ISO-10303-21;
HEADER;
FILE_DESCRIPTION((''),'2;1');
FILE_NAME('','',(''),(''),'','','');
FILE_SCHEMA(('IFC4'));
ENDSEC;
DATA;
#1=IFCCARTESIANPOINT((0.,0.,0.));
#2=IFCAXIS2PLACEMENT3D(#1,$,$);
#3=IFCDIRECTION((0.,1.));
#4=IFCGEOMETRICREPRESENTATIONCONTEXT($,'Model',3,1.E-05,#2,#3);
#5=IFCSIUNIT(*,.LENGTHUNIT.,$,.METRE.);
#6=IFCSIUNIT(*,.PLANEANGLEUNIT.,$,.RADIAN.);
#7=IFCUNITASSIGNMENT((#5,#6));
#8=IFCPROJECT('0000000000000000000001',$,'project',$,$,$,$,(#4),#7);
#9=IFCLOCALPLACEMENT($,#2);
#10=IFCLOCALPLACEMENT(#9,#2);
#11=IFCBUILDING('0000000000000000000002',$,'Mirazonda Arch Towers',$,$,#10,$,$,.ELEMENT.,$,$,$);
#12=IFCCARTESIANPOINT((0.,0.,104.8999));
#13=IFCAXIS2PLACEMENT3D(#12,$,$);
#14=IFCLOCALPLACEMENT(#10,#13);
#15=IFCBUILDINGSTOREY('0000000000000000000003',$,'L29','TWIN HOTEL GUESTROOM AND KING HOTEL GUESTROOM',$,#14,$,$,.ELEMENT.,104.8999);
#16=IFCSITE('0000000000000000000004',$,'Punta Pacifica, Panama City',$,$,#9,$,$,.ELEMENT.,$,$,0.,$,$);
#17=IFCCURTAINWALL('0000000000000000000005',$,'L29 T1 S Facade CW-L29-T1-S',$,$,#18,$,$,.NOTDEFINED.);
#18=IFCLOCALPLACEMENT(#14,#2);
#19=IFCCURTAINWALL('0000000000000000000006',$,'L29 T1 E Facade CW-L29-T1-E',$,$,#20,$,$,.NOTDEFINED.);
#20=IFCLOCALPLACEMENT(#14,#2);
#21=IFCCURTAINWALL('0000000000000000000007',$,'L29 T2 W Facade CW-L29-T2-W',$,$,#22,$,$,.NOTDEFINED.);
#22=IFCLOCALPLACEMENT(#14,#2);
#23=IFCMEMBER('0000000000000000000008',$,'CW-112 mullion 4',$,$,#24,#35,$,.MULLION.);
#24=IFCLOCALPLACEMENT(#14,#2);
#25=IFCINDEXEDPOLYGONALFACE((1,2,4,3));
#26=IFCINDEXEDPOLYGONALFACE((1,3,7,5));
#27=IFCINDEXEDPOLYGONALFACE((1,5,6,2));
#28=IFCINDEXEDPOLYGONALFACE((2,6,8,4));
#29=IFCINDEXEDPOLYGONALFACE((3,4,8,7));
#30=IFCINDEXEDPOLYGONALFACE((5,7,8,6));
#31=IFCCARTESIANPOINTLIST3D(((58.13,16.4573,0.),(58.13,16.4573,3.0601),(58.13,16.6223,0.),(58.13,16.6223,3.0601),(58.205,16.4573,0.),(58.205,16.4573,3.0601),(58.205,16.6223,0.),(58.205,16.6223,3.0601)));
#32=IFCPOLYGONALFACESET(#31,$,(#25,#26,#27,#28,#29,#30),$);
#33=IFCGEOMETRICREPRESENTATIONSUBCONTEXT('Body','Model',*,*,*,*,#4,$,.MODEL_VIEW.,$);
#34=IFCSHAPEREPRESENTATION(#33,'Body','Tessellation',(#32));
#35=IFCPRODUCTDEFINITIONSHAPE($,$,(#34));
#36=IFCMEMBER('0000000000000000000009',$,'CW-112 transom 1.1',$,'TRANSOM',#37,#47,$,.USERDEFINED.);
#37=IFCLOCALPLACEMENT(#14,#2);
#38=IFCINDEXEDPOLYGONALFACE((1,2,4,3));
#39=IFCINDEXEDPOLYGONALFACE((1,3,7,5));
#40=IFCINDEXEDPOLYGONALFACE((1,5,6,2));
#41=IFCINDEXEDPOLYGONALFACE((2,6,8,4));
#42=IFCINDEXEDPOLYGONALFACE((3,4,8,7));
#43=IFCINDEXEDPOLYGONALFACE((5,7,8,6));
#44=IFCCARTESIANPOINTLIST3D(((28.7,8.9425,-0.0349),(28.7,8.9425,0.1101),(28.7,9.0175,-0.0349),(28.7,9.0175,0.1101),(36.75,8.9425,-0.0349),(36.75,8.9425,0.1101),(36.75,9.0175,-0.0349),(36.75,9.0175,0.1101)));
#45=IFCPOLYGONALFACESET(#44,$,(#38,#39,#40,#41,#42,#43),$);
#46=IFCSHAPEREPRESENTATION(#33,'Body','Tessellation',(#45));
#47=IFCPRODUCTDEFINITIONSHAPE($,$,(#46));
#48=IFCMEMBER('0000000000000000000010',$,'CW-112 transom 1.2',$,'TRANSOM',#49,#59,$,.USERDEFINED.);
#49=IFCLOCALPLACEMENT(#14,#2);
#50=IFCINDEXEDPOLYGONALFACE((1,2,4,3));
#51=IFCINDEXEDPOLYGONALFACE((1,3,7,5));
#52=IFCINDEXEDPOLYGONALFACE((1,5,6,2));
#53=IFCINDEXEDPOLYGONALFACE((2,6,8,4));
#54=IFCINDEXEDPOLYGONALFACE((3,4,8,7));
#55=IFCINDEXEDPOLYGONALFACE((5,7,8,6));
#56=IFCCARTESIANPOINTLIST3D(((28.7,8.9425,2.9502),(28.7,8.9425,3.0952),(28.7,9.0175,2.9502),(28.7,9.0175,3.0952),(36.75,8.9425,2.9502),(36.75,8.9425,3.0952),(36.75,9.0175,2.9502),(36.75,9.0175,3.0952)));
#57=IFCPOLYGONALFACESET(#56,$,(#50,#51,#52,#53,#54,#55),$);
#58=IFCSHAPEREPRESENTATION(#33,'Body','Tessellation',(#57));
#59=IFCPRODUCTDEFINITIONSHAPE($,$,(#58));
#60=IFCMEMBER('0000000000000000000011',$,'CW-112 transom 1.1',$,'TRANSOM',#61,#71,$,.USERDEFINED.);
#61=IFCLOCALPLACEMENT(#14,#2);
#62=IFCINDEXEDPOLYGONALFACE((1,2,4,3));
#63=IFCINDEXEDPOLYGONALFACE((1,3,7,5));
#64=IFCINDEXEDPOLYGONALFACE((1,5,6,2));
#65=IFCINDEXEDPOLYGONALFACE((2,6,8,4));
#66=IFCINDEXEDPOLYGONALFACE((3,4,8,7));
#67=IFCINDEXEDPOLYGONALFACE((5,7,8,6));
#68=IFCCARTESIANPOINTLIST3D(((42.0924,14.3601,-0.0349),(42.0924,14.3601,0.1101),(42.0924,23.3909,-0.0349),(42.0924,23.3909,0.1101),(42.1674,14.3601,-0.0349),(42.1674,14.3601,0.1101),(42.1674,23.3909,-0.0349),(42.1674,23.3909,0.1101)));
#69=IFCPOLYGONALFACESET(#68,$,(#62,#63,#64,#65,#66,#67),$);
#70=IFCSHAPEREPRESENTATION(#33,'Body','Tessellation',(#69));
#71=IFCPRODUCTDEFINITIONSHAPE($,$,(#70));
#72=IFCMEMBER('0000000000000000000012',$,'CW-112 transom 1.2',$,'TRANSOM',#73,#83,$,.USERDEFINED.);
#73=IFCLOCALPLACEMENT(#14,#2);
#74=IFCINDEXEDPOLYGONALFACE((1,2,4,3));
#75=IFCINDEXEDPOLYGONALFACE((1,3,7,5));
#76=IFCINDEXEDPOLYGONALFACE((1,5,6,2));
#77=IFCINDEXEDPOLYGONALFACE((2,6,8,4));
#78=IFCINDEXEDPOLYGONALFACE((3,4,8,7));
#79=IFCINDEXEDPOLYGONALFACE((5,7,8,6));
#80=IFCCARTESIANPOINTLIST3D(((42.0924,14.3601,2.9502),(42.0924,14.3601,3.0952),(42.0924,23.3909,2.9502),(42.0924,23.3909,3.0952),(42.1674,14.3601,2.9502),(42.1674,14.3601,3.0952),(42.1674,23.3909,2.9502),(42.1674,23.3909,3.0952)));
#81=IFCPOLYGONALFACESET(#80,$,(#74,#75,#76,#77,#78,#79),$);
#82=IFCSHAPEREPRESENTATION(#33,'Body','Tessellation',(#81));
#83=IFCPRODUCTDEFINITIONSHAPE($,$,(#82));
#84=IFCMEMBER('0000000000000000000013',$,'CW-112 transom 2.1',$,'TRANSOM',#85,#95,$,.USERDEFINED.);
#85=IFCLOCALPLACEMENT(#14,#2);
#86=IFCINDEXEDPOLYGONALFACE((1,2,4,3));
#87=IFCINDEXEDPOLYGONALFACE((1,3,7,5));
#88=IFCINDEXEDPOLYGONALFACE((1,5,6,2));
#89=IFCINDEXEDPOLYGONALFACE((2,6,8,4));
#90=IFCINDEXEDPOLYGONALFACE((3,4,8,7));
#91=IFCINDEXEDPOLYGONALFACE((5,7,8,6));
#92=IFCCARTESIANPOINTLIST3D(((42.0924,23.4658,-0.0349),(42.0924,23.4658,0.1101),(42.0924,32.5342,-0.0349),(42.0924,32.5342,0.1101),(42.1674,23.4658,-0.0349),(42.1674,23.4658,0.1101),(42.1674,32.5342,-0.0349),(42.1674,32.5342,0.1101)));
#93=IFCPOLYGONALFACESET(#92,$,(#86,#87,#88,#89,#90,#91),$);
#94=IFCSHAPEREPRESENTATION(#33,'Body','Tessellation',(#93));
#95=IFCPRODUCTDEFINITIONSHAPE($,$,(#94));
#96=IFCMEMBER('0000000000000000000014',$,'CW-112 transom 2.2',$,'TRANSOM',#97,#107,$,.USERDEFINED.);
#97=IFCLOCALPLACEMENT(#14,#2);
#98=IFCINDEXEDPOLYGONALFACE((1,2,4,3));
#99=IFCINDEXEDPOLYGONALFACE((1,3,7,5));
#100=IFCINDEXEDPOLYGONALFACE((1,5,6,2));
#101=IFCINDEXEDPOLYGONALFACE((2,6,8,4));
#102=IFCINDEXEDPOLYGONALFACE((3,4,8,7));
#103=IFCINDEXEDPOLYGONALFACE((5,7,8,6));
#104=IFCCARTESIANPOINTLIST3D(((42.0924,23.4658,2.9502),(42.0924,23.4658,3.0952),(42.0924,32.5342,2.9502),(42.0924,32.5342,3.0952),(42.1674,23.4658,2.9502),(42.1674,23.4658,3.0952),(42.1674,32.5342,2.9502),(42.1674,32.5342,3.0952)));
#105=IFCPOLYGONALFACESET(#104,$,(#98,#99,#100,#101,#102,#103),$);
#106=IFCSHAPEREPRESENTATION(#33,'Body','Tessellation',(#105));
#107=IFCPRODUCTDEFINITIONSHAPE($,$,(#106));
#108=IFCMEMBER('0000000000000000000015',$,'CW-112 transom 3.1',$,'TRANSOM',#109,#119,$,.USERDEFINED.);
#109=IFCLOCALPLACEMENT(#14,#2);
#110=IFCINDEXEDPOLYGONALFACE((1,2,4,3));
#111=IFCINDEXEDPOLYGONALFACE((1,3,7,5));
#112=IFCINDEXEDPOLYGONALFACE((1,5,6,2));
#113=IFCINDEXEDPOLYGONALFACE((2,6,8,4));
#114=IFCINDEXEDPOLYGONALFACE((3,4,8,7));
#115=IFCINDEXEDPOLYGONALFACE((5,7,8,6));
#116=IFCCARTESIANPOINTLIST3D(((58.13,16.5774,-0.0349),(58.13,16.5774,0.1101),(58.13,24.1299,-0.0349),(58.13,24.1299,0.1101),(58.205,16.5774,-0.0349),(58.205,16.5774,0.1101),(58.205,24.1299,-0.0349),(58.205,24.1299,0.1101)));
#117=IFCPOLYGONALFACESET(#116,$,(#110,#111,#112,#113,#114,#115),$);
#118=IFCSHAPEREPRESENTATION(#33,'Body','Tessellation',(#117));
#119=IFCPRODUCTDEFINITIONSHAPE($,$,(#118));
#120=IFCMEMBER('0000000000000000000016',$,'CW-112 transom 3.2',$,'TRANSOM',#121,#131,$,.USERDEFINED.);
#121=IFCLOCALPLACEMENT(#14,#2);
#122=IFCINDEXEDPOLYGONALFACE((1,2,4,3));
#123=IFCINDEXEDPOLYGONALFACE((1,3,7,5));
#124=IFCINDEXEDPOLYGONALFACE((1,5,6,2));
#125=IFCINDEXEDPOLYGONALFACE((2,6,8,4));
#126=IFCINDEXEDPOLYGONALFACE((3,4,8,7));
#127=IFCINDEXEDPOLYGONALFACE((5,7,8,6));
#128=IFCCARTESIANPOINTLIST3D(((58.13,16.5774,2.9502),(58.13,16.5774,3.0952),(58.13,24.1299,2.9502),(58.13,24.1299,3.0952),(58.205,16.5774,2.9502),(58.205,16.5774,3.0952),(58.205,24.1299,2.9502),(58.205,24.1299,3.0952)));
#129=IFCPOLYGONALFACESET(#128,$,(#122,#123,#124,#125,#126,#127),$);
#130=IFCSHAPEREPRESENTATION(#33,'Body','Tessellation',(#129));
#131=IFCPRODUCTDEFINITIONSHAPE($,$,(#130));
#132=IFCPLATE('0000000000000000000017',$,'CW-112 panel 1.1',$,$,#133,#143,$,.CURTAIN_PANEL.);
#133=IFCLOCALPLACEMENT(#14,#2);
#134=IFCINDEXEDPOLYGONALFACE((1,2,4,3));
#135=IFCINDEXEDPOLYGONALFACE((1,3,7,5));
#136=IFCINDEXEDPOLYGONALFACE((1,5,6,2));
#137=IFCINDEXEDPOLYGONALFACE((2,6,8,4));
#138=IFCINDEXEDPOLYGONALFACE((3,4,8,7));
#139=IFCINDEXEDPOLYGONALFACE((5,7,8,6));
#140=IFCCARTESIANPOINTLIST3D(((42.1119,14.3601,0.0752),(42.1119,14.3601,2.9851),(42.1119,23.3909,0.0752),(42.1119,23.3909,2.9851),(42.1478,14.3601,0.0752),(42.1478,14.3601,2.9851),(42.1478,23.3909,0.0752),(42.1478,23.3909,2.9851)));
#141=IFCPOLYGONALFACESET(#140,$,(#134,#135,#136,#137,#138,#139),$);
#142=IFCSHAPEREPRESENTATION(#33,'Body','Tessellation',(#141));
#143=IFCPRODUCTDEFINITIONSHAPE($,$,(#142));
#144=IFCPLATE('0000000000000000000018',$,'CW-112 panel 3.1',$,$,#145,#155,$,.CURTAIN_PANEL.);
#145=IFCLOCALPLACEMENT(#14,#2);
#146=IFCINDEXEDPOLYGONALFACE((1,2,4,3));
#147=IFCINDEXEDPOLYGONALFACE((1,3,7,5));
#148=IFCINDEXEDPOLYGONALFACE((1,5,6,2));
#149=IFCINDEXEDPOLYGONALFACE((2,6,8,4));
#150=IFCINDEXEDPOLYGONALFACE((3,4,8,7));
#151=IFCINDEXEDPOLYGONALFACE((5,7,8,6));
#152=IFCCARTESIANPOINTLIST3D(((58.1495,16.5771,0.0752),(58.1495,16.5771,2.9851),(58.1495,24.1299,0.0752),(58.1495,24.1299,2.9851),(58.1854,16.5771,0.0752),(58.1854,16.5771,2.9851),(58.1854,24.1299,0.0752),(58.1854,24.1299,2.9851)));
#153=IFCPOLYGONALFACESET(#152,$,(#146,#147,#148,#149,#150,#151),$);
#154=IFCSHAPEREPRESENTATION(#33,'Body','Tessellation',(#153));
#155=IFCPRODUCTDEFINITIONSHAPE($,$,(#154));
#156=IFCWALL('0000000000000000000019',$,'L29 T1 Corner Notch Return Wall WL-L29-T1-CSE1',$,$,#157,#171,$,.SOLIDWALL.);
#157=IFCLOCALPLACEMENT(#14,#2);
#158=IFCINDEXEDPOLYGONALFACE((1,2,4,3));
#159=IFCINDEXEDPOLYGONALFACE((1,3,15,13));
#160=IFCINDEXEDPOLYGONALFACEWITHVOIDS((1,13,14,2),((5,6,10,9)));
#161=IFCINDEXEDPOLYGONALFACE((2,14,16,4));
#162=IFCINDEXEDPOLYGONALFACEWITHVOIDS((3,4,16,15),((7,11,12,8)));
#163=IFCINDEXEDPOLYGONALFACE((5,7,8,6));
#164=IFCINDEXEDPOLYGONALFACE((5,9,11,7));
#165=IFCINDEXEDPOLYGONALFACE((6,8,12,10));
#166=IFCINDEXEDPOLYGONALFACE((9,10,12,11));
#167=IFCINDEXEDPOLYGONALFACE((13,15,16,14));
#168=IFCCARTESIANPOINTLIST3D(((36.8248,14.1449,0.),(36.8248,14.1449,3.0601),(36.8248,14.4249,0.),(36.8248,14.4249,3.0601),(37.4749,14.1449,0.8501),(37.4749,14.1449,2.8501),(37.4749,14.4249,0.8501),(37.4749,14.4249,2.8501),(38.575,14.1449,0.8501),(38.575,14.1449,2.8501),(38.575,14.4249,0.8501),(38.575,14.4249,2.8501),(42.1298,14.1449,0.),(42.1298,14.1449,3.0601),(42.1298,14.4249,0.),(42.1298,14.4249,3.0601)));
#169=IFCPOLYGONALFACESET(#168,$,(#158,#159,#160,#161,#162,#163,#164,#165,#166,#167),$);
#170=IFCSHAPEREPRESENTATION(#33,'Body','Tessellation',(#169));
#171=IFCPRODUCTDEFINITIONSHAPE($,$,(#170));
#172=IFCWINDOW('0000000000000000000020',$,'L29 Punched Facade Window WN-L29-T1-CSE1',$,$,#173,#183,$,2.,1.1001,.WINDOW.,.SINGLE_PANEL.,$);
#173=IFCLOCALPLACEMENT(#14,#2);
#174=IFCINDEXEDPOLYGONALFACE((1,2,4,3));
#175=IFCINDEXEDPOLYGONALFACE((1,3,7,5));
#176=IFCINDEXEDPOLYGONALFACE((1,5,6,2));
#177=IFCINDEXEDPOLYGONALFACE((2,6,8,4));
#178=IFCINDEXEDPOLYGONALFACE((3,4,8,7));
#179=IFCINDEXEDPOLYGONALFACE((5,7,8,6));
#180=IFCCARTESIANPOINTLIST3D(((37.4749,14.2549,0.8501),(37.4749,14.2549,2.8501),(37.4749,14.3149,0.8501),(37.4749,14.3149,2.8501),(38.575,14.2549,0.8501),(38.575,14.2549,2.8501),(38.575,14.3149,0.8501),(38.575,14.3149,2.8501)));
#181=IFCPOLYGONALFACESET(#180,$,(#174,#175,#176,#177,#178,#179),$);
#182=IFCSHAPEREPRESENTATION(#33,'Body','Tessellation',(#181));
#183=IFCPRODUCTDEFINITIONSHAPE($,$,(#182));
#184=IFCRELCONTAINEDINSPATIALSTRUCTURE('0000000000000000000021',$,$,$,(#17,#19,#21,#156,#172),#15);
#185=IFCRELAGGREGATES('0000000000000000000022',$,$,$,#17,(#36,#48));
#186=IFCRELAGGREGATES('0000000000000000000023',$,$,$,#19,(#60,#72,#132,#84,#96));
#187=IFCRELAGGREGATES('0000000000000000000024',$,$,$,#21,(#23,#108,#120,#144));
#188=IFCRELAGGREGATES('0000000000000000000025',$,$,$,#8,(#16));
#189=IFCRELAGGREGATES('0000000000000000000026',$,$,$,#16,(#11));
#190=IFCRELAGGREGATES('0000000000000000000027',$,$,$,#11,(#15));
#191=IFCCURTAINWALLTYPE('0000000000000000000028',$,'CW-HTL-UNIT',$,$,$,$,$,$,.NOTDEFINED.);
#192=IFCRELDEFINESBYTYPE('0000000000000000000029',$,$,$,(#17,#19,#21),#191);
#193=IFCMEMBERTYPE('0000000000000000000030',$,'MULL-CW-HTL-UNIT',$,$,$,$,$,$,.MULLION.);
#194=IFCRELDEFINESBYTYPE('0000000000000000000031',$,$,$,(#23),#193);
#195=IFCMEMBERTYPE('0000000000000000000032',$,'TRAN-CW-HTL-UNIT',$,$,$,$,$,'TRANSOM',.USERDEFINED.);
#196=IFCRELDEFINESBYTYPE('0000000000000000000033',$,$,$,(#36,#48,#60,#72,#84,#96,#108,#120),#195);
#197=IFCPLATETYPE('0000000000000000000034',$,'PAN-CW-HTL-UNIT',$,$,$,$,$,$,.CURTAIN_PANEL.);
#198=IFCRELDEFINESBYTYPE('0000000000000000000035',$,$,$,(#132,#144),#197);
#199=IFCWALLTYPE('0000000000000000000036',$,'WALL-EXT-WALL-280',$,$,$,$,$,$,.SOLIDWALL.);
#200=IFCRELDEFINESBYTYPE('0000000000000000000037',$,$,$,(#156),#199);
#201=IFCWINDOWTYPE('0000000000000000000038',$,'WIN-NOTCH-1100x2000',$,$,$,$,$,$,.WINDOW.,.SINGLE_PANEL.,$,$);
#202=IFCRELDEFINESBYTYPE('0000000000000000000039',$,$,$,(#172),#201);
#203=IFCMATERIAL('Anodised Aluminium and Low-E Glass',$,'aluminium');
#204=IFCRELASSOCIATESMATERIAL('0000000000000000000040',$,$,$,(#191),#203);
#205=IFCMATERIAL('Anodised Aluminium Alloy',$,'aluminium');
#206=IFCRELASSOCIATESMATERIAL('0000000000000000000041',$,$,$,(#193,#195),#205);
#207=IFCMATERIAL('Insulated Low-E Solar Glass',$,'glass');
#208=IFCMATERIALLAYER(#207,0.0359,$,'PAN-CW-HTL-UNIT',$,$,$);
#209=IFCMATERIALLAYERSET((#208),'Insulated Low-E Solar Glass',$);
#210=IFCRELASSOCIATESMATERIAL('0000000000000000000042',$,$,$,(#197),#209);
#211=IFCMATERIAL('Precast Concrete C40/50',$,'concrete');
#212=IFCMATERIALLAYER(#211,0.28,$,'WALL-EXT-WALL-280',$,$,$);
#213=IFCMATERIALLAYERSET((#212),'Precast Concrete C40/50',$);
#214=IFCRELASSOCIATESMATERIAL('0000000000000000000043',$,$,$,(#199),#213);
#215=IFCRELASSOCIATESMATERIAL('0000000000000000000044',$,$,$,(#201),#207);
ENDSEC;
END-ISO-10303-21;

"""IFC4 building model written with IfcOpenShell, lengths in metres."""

from ifc_helpers import new_model, si_unit, direction, frame, frame_2d, origin, origin_2d, place, context, subcontext, project, spatial, rectangle, extrude, material, layer, layer_set, material_profile, profile_set, type_object, element, fill, aggregate, save


model = new_model("IFC4")

# Units and contexts
model_context = context("Model", 3, precision=1e-05, world=origin(), true_north=direction((0.0, 1.0)))
body_context = subcontext(model_context, "Body", "Model", "MODEL_VIEW")
ifc_project = project(units=[si_unit("LENGTHUNIT", "METRE"), si_unit("PLANEANGLEUNIT", "RADIAN")], contexts=[model_context])

# Site, building, storey
site_placement = place(None, origin())
site = spatial("IfcSite", under=ifc_project, at=site_placement, Name="Punta Pacifica, Panama City", CompositionType="ELEMENT", RefElevation=0.0)
building_placement = place(site_placement, origin())
building = spatial("IfcBuilding", under=site, at=building_placement, Name="Mirazonda Arch Towers", CompositionType="ELEMENT")
storey_placement = place(building_placement, frame((0.0, 0.0, 104.8999)))
storey = spatial("IfcBuildingStorey", under=building, at=storey_placement, Name="L29", Description="TWIN HOTEL GUESTROOM AND KING HOTEL GUESTROOM", CompositionType="ELEMENT", Elevation=104.8999)

# Curtain wall
ifc_material_1 = material(Name="Anodised Aluminium and Low-E Glass", Category="aluminium")
curtain_wall_type = type_object("IfcCurtainWallType", Name="CW-HTL-UNIT", PredefinedType="NOTDEFINED", material=ifc_material_1)
curtain_wall_1_placement = place(storey_placement, origin())
curtain_wall_1 = element("IfcCurtainWall", 1, at=curtain_wall_1_placement, inside=storey, type_object=curtain_wall_type, Name="L29 T1 S Facade CW-L29-T1-S", PredefinedType="NOTDEFINED")
ifc_material_2 = material(Name="Anodised Aluminium Alloy", Category="aluminium")
ifc_material_profile_1 = material_profile(ifc_material_2, rectangle(XDim=0.075, YDim=0.165, at=origin_2d()), Name="ALU-MULL-75x165")
ifc_profile_set_1 = profile_set([ifc_material_profile_1], Name="Anodised Aluminium Alloy")
member_type_1 = type_object("IfcMemberType", Name="MULL-CW-HTL-UNIT", PredefinedType="MULLION", material=ifc_profile_set_1)

# Curtain walls, member
curtain_wall_2_placement = place(storey_placement, origin())
curtain_wall_2 = element("IfcCurtainWall", 2, at=curtain_wall_2_placement, inside=storey, type_object=curtain_wall_type, Name="L29 T1 E Facade CW-L29-T1-E", PredefinedType="NOTDEFINED")
curtain_wall_3_placement = place(storey_placement, origin())
curtain_wall_3 = element("IfcCurtainWall", 3, at=curtain_wall_3_placement, inside=storey, type_object=curtain_wall_type, Name="L29 T2 W Facade CW-L29-T2-W", PredefinedType="NOTDEFINED")
member_1_placement = place(storey_placement, frame((58.1675, 16.5398, 0.0), z_axis=(0.0, 0.0, 1.0), x_axis=(1.0, 0.0, 0.0)))
member_1 = element("IfcMember", 4, at=member_1_placement, type_object=member_type_1, Name="CW-112 mullion 4", PredefinedType="MULLION", context=body_context, shape_type="SweptSolid", body=[
    extrude(rectangle(XDim=0.075, YDim=0.165, at=origin_2d()), origin(), (0.0, 0.0, 1.0), 3.0601),
])

# Members
ifc_material_profile_2 = material_profile(ifc_material_2, rectangle(XDim=0.075, YDim=0.145, at=origin_2d()), Name="ALU-TRAN-75x145")
ifc_profile_set_2 = profile_set([ifc_material_profile_2], Name="Anodised Aluminium Alloy")
member_type_2 = type_object("IfcMemberType", Name="TRAN-CW-HTL-UNIT", ElementType="TRANSOM", PredefinedType="USERDEFINED", material=ifc_profile_set_2)
member_2_placement = place(storey_placement, frame((36.75, 8.98, 0.0376), z_axis=(-1.0, 0.0, 0.0), x_axis=(0.0, -1.0, 0.0)))
member_2 = element("IfcMember", 5, at=member_2_placement, type_object=member_type_2, Name="CW-112 transom 1.1", ObjectType="TRANSOM", PredefinedType="USERDEFINED", context=body_context, shape_type="SweptSolid", body=[
    extrude(rectangle(XDim=0.075, YDim=0.145, at=origin_2d()), origin(), (0.0, 0.0, 1.0), 8.05),
])
member_3_placement = place(storey_placement, frame((36.75, 8.98, 3.0227), z_axis=(-1.0, 0.0, 0.0), x_axis=(0.0, -1.0, 0.0)))
member_3 = element("IfcMember", 6, at=member_3_placement, type_object=member_type_2, Name="CW-112 transom 1.2", ObjectType="TRANSOM", PredefinedType="USERDEFINED", context=body_context, shape_type="SweptSolid", body=[
    extrude(rectangle(XDim=0.075, YDim=0.145, at=origin_2d()), origin(), (0.0, 0.0, 1.0), 8.05),
])
aggregate(curtain_wall_1, [member_2, member_3])
member_4_placement = place(storey_placement, frame((42.1299, 14.3601, 0.0376), z_axis=(0.0, 1.0, 0.0), x_axis=(-1.0, 0.0, 0.0)))
member_4 = element("IfcMember", 7, at=member_4_placement, type_object=member_type_2, Name="CW-112 transom 1.1", ObjectType="TRANSOM", PredefinedType="USERDEFINED", context=body_context, shape_type="SweptSolid", body=[
    extrude(rectangle(XDim=0.075, YDim=0.145, at=origin_2d()), origin(), (0.0, 0.0, 1.0), 9.0308),
])
member_5_placement = place(storey_placement, frame((42.1299, 14.3601, 3.0227), z_axis=(0.0, 1.0, 0.0), x_axis=(-1.0, 0.0, 0.0)))
member_5 = element("IfcMember", 8, at=member_5_placement, type_object=member_type_2, Name="CW-112 transom 1.2", ObjectType="TRANSOM", PredefinedType="USERDEFINED", context=body_context, shape_type="SweptSolid", body=[
    extrude(rectangle(XDim=0.075, YDim=0.145, at=origin_2d()), origin(), (0.0, 0.0, 1.0), 9.0308),
])
member_6_placement = place(storey_placement, frame((42.1299, 23.4658, 0.0376), z_axis=(0.0, 1.0, 0.0), x_axis=(-1.0, 0.0, 0.0)))
member_6 = element("IfcMember", 9, at=member_6_placement, type_object=member_type_2, Name="CW-112 transom 2.1", ObjectType="TRANSOM", PredefinedType="USERDEFINED", context=body_context, shape_type="SweptSolid", body=[
    extrude(rectangle(XDim=0.075, YDim=0.145, at=origin_2d()), origin(), (0.0, 0.0, 1.0), 9.0684),
])
member_7_placement = place(storey_placement, frame((42.1299, 23.4658, 3.0227), z_axis=(0.0, 1.0, 0.0), x_axis=(-1.0, 0.0, 0.0)))
member_7 = element("IfcMember", 10, at=member_7_placement, type_object=member_type_2, Name="CW-112 transom 2.2", ObjectType="TRANSOM", PredefinedType="USERDEFINED", context=body_context, shape_type="SweptSolid", body=[
    extrude(rectangle(XDim=0.075, YDim=0.145, at=origin_2d()), origin(), (0.0, 0.0, 1.0), 9.0684),
])
member_8_placement = place(storey_placement, frame((58.1675, 24.1299, 0.0376), z_axis=(0.0, -1.0, 0.0), x_axis=(1.0, 0.0, 0.0)))
member_8 = element("IfcMember", 11, at=member_8_placement, type_object=member_type_2, Name="CW-112 transom 3.1", ObjectType="TRANSOM", PredefinedType="USERDEFINED", context=body_context, shape_type="SweptSolid", body=[
    extrude(rectangle(XDim=0.075, YDim=0.145, at=origin_2d()), origin(), (0.0, 0.0, 1.0), 7.5525),
])
member_9_placement = place(storey_placement, frame((58.1675, 24.1299, 3.0227), z_axis=(0.0, -1.0, 0.0), x_axis=(1.0, 0.0, 0.0)))
member_9 = element("IfcMember", 12, at=member_9_placement, type_object=member_type_2, Name="CW-112 transom 3.2", ObjectType="TRANSOM", PredefinedType="USERDEFINED", context=body_context, shape_type="SweptSolid", body=[
    extrude(rectangle(XDim=0.075, YDim=0.145, at=origin_2d()), origin(), (0.0, 0.0, 1.0), 7.5525),
])

# Plates
ifc_material_3 = material(Name="Insulated Low-E Solar Glass", Category="glass")
ifc_layer_1 = layer(ifc_material_3, 0.0359, Name="PAN-CW-HTL-UNIT")
ifc_layer_set_1 = layer_set([ifc_layer_1], Name="Insulated Low-E Solar Glass")
plate_type = type_object("IfcPlateType", Name="PAN-CW-HTL-UNIT", PredefinedType="CURTAIN_PANEL", material=ifc_layer_set_1)
plate_1_placement = place(storey_placement, frame((42.1299, 18.8755, 0.0752), z_axis=(0.0, 0.0, 1.0), x_axis=(0.0, 1.0, 0.0)))
plate_1 = element("IfcPlate", 13, at=plate_1_placement, type_object=plate_type, Name="CW-112 panel 1.1", PredefinedType="CURTAIN_PANEL", context=body_context, shape_type="SweptSolid", body=[
    extrude(rectangle(XDim=9.0308, YDim=0.0359, at=origin_2d()), origin(), (0.0, 0.0, 1.0), 2.9099),
])
aggregate(curtain_wall_2, [member_4, member_5, plate_1, member_6, member_7])
plate_2_placement = place(storey_placement, frame((58.1675, 20.3535, 0.0752), z_axis=(0.0, 0.0, 1.0), x_axis=(0.0, -1.0, 0.0)))
plate_2 = element("IfcPlate", 14, at=plate_2_placement, type_object=plate_type, Name="CW-112 panel 3.1", PredefinedType="CURTAIN_PANEL", context=body_context, shape_type="SweptSolid", body=[
    extrude(rectangle(XDim=7.5527, YDim=0.0359, at=origin_2d()), origin(), (0.0, 0.0, 1.0), 2.9099),
])
aggregate(curtain_wall_3, [member_1, member_8, member_9, plate_2])

# Wall, opening, window
ifc_material_4 = material(Name="Precast Concrete C40/50", Category="concrete")
ifc_layer_2 = layer(ifc_material_4, 0.28, Name="WALL-EXT-WALL-280")
ifc_layer_set_2 = layer_set([ifc_layer_2], Name="Precast Concrete C40/50")
wall_type_1 = type_object("IfcWallType", Name="WALL-EXT-WALL-280", PredefinedType="SOLIDWALL", material=ifc_layer_set_2)
wall_1_placement = place(storey_placement, frame((36.825, 14.2849, 0.0), z_axis=(0.0, 0.0, 1.0), x_axis=(1.0, 0.0, 0.0)))
wall_1 = element("IfcWall", 15, at=wall_1_placement, inside=storey, type_object=wall_type_1, Name="L29 T1 Corner Notch Return Wall WL-L29-T1-CSE1", PredefinedType="SOLIDWALL", context=body_context, shape_type="SweptSolid", body=[
    extrude(rectangle(XDim=5.3049, YDim=0.28, at=frame_2d((2.6523, 0.0))), origin(), (0.0, 0.0, 1.0), 3.0601),
])
opening_1_placement = place(wall_1_placement, frame((0.6499, 0.0, 0.8501)))
opening_1 = element("IfcOpeningElement", 16, at=opening_1_placement, cuts=wall_1, PredefinedType="OPENING", context=body_context, shape_type="SweptSolid", body=[
    extrude(rectangle(XDim=1.1001, YDim=2.0, at=frame_2d((0.55, 1.0))), frame((0.0, 0.1499, 0.0), z_axis=(0.0, -1.0, 0.0), x_axis=(1.0, 0.0, 0.0)), (0.0, 0.0, 1.0), 0.3),
])
window_type = type_object("IfcWindowType", Name="WIN-NOTCH-1100x2000", PartitioningType="SINGLE_PANEL", PredefinedType="WINDOW", material=ifc_material_3)
window_1_placement = place(opening_1_placement, origin())
window_1 = element("IfcWindow", 17, at=window_1_placement, inside=storey, type_object=window_type, Name="L29 Punched Facade Window WN-L29-T1-CSE1", OverallHeight=2.0, OverallWidth=1.1001, PartitioningType="SINGLE_PANEL", PredefinedType="WINDOW", context=body_context, shape_type="SweptSolid", body=[
    extrude(rectangle(XDim=1.1001, YDim=2.0, at=frame_2d((0.55, 1.0))), frame((0.0, 0.03, 0.0), z_axis=(0.0, -1.0, 0.0), x_axis=(1.0, 0.0, 0.0)), (0.0, 0.0, 1.0), 0.0601),
])
fill(opening_1, window_1)

save(model, "model.ifc")
